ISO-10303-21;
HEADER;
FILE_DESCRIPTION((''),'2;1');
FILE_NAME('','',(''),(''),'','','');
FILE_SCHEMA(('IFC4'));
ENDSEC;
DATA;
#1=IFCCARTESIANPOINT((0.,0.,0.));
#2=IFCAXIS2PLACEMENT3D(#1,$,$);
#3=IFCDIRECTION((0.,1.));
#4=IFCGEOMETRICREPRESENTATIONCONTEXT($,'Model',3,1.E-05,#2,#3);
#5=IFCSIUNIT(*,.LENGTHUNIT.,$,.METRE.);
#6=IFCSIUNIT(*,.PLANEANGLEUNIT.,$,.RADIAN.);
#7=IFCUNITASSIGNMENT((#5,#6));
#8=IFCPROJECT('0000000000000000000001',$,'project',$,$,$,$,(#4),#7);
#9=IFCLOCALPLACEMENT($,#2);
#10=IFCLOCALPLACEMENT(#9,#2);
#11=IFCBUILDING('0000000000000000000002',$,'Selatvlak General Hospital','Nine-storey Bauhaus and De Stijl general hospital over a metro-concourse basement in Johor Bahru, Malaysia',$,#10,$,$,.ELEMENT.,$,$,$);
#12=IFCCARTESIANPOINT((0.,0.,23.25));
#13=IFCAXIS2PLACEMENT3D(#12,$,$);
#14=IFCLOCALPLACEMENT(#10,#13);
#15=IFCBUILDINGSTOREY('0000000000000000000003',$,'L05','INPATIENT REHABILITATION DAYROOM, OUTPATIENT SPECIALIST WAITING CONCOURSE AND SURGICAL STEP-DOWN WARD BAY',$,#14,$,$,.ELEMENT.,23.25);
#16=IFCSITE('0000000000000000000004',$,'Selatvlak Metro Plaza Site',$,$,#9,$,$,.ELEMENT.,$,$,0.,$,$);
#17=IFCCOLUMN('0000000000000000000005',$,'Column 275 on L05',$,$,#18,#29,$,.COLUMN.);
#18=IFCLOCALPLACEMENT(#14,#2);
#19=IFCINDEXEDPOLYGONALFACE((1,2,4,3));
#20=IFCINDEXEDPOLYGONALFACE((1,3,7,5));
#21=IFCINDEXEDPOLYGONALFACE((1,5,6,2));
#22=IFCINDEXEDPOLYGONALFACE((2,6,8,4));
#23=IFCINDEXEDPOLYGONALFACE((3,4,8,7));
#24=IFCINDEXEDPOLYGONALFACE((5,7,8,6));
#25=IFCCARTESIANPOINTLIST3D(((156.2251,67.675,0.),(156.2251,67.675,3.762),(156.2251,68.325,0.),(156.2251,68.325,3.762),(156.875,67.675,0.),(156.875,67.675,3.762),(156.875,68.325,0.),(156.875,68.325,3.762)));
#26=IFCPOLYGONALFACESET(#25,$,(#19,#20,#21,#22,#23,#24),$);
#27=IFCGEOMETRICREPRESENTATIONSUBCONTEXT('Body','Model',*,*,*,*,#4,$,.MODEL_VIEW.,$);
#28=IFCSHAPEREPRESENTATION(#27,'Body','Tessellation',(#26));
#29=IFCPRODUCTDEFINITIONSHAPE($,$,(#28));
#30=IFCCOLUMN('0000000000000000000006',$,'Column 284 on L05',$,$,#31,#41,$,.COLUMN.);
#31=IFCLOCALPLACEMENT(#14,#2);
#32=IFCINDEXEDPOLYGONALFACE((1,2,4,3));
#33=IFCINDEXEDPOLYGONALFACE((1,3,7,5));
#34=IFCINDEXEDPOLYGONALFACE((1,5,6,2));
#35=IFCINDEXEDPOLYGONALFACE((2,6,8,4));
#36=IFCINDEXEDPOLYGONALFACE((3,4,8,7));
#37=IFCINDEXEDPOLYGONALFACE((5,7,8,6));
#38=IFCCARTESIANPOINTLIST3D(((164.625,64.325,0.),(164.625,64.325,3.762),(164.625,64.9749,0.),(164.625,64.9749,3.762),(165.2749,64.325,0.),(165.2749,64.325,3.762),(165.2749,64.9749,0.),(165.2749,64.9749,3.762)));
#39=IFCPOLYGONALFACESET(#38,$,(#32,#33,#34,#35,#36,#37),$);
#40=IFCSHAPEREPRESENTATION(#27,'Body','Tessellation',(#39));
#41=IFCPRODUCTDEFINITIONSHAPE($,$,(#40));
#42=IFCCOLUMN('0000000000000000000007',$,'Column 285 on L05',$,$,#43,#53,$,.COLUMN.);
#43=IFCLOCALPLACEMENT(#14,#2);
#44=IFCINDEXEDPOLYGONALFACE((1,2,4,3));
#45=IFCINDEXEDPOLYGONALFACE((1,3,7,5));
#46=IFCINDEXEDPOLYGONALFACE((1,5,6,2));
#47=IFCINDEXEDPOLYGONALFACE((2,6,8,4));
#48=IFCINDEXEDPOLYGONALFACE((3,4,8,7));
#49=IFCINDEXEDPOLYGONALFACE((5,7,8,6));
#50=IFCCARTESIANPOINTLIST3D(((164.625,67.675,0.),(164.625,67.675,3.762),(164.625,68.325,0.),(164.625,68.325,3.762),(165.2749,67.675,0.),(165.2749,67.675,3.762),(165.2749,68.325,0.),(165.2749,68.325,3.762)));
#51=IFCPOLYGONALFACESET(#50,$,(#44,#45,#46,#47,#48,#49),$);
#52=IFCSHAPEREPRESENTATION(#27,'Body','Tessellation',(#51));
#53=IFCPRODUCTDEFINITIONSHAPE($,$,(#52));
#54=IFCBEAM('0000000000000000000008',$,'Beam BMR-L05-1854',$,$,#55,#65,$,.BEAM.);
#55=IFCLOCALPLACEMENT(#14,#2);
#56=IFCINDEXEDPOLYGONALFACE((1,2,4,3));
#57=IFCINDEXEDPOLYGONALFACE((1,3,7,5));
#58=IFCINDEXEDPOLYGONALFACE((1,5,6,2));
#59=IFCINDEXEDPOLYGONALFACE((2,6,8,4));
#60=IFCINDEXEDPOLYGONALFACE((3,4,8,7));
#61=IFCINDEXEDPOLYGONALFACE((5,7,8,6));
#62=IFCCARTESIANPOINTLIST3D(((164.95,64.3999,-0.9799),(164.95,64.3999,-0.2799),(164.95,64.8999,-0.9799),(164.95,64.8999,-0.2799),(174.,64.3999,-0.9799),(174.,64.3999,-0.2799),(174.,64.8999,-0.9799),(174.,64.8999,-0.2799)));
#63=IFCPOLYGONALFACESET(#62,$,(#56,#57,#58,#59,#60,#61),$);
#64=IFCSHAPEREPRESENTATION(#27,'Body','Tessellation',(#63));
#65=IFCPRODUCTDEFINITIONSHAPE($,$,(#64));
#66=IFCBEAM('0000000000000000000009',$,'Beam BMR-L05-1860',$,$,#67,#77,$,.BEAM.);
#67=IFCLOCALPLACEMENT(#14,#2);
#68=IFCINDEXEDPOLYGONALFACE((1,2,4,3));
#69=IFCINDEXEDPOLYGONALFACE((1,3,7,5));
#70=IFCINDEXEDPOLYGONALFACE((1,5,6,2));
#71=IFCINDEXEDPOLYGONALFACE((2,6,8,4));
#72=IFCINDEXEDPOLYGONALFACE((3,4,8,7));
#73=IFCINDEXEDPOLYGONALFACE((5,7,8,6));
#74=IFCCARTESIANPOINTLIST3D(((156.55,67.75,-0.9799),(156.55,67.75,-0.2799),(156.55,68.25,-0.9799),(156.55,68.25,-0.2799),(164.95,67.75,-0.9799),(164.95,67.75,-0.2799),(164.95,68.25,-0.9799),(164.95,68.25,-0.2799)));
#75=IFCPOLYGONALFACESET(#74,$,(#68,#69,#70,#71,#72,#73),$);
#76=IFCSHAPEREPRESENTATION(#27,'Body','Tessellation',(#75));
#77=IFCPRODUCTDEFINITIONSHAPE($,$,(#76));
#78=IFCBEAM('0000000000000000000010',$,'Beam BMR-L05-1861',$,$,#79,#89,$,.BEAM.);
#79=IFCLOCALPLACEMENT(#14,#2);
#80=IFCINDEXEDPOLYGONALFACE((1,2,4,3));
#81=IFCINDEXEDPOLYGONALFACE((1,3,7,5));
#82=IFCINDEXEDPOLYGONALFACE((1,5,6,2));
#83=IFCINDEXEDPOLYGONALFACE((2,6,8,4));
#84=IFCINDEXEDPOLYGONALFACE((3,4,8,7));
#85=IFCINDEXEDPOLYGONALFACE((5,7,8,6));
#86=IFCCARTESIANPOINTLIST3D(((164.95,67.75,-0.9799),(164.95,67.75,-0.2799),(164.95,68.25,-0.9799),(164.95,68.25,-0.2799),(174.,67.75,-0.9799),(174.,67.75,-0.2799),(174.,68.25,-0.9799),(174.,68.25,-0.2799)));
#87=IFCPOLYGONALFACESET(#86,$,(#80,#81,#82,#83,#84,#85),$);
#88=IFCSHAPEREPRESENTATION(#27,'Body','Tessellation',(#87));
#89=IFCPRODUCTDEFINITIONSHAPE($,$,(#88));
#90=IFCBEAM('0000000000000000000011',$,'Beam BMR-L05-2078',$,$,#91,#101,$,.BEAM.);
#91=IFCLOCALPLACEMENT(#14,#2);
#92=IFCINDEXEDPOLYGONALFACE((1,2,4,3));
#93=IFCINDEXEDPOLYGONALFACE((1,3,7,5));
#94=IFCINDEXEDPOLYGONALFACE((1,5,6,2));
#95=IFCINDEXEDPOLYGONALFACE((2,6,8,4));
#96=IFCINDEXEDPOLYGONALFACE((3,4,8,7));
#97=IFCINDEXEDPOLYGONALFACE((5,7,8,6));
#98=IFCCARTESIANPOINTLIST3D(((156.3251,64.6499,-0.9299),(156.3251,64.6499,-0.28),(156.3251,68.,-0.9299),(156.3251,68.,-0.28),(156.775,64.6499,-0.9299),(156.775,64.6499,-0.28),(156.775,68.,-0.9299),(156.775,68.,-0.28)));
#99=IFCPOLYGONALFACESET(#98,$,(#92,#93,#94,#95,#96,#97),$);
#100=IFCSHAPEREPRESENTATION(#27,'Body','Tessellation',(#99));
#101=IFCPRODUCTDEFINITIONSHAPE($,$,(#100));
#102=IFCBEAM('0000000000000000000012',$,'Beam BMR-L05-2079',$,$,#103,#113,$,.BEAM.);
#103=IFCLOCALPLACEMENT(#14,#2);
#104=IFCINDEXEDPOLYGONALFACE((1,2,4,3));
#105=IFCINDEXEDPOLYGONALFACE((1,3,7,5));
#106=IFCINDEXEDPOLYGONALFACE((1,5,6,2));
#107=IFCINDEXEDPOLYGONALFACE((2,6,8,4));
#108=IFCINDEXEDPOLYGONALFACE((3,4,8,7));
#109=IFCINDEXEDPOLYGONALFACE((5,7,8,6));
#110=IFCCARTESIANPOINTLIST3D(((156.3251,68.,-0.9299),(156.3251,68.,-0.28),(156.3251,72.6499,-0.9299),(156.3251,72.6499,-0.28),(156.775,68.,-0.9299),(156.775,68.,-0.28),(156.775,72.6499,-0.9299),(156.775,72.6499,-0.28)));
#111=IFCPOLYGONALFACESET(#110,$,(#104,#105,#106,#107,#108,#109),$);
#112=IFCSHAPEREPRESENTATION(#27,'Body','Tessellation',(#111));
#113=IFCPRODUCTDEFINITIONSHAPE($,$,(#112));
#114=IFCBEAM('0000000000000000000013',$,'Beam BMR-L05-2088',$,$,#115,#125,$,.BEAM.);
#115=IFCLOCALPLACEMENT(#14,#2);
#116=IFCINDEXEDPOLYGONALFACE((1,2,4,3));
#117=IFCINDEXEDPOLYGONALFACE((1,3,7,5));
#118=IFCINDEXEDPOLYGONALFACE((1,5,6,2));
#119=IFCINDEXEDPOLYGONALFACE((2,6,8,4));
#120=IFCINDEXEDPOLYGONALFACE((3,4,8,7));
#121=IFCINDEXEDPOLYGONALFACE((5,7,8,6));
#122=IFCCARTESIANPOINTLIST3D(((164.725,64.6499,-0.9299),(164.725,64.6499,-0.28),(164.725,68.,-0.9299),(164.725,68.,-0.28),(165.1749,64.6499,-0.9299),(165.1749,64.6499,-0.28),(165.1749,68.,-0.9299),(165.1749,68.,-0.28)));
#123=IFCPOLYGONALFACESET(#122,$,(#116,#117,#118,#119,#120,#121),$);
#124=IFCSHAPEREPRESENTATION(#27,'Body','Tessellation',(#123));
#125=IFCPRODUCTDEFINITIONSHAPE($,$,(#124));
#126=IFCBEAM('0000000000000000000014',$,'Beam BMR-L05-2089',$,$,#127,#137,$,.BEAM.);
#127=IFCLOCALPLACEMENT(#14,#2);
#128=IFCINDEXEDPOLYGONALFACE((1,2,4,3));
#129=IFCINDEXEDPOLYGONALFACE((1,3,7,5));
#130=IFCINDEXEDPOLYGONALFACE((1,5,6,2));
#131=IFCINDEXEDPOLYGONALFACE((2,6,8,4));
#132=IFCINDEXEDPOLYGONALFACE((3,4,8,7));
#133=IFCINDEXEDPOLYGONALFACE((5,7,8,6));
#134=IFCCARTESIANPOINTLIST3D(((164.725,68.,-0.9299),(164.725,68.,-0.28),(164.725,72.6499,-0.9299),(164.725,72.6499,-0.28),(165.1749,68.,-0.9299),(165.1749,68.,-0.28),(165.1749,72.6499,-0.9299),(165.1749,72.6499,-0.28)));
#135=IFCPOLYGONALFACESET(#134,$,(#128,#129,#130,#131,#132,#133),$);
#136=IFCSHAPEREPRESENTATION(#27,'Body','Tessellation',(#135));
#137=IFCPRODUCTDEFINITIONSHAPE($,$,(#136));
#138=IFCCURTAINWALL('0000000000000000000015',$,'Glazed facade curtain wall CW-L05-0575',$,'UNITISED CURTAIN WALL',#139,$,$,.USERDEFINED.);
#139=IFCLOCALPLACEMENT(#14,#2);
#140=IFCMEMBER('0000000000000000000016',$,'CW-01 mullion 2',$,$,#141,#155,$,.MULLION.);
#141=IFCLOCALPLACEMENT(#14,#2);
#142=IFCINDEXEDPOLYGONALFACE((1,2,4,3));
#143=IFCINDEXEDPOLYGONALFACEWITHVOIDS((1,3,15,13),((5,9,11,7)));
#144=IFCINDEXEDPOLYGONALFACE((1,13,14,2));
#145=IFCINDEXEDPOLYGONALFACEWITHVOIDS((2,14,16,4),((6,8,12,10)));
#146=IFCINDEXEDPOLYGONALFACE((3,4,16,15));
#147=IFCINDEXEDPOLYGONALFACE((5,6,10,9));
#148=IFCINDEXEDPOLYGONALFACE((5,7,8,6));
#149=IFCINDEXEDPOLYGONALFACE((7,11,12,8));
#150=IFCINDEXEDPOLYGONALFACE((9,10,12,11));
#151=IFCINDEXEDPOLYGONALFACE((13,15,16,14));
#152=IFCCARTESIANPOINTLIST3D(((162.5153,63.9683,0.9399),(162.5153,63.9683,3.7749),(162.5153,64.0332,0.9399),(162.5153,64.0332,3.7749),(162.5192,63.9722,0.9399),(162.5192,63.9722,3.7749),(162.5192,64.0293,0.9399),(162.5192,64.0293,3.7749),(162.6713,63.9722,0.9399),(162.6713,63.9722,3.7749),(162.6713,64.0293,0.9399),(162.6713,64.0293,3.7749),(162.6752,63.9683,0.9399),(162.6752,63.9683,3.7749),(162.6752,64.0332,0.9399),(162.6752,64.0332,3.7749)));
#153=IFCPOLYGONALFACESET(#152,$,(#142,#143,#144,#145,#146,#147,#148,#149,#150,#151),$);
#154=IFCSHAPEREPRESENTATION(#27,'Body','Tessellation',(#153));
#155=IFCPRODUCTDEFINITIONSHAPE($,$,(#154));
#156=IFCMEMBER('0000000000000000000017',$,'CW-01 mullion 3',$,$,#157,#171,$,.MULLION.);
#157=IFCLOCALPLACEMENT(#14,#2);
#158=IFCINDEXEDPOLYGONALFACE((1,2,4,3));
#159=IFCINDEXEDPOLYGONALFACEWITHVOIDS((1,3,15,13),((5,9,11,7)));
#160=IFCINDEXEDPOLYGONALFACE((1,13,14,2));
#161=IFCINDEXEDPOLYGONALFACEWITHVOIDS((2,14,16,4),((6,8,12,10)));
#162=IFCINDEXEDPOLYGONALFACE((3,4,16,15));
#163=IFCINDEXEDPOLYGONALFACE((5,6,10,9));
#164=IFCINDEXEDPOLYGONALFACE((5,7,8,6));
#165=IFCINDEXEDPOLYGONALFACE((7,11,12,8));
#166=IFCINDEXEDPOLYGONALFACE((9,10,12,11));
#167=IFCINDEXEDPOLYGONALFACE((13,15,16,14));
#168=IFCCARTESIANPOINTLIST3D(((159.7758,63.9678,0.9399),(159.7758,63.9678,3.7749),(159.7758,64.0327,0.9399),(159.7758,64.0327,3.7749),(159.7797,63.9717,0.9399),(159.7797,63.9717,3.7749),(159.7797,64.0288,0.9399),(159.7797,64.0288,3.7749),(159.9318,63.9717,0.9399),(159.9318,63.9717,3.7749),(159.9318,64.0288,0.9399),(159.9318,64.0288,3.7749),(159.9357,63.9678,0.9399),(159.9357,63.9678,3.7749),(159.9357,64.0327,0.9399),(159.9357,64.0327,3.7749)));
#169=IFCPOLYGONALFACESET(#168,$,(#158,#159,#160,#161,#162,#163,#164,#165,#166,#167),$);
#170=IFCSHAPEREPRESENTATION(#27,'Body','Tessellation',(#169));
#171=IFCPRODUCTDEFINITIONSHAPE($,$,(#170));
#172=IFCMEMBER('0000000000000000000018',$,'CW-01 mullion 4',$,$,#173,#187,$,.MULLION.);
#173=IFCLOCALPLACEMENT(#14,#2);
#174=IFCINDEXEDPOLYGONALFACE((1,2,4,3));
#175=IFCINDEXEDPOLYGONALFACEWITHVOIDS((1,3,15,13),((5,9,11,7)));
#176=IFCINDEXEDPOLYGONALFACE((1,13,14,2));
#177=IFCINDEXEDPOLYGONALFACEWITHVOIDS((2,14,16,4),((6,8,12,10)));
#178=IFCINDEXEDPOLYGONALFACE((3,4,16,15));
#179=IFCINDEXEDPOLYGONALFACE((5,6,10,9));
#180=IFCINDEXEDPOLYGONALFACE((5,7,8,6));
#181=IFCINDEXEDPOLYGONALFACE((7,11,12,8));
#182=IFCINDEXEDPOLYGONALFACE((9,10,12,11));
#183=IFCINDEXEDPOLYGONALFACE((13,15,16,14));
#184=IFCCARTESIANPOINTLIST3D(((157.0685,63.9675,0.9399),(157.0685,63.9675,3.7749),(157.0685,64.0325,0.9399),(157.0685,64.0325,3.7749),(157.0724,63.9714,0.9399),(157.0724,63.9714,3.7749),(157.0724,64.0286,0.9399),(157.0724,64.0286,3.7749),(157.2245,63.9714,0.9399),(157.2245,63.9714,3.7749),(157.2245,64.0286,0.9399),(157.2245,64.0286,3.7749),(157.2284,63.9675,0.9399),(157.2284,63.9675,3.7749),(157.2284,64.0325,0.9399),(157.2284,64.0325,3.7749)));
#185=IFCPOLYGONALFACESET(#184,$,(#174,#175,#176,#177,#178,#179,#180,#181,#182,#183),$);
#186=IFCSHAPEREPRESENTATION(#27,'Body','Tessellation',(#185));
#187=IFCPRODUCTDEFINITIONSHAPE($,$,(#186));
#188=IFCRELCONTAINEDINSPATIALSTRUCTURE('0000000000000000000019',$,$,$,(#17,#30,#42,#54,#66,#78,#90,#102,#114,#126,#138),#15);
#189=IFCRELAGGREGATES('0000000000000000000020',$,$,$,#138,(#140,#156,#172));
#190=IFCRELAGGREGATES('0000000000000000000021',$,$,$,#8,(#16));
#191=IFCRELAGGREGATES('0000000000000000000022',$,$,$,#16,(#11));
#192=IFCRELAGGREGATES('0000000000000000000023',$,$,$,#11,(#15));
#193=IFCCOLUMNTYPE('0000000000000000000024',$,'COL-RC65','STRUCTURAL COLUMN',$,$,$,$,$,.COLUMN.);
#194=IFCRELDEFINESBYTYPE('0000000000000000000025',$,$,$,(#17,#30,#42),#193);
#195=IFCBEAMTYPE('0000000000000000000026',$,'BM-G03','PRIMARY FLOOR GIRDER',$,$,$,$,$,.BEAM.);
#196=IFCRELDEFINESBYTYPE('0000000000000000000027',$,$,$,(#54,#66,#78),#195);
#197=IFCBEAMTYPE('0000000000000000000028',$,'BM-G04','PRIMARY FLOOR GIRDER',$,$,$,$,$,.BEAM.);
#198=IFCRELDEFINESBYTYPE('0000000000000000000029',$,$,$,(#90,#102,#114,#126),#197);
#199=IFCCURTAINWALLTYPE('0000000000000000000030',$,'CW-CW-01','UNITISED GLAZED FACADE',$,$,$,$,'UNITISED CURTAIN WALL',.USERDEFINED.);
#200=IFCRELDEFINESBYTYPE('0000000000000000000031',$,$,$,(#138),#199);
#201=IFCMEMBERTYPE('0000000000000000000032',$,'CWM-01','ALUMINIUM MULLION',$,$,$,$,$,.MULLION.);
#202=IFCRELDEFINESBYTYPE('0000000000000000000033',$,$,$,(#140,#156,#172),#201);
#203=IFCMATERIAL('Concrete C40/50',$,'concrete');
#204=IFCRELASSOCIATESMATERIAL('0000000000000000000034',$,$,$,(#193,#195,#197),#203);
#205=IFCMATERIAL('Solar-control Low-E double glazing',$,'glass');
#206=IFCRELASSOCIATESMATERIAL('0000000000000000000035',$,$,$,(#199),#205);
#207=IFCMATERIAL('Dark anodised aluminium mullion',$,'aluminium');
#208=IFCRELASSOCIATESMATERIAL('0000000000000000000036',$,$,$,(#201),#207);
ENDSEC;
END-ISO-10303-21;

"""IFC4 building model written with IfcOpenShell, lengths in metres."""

from ifc_helpers import new_model, si_unit, direction, frame, origin, origin_2d, place, context, subcontext, project, spatial, rectangle, hollow_rectangle, extrude, material, material_profile, profile_set, type_object, element, aggregate, save


model = new_model("IFC4")

# Units and contexts
model_context = context("Model", 3, precision=1e-05, world=origin(), true_north=direction((0.0, 1.0)))
body_context = subcontext(model_context, "Body", "Model", "MODEL_VIEW")
ifc_project = project(units=[si_unit("LENGTHUNIT", "METRE"), si_unit("PLANEANGLEUNIT", "RADIAN")], contexts=[model_context])

# Site, building, storey
site_placement = place(None, origin())
site = spatial("IfcSite", under=ifc_project, at=site_placement, Name="Selatvlak Metro Plaza Site", CompositionType="ELEMENT", RefElevation=0.0)
building_placement = place(site_placement, origin())
building = spatial("IfcBuilding", under=site, at=building_placement, Name="Selatvlak General Hospital", Description="Nine-storey Bauhaus and De Stijl general hospital over a metro-concourse basement in Johor Bahru, Malaysia", CompositionType="ELEMENT")
storey_placement = place(building_placement, frame((0.0, 0.0, 23.25)))
storey = spatial("IfcBuildingStorey", under=building, at=storey_placement, Name="L05", Description="INPATIENT REHABILITATION DAYROOM, OUTPATIENT SPECIALIST WAITING CONCOURSE AND SURGICAL STEP-DOWN WARD BAY", CompositionType="ELEMENT", Elevation=23.25)

# Columns
ifc_material_1 = material(Name="Concrete C40/50", Category="concrete")
ifc_material_profile_1 = material_profile(ifc_material_1, rectangle(XDim=0.6499, YDim=0.6499, at=origin_2d()), Name="RC-COL 650x650")
ifc_profile_set_1 = profile_set([ifc_material_profile_1], Name="Concrete C40/50")
column_type = type_object("IfcColumnType", Name="COL-RC65", Description="STRUCTURAL COLUMN", PredefinedType="COLUMN", material=ifc_profile_set_1)
for number, where, z_axis, x_axis, name in (
    (1, (156.55, 68.0, 0.0), (0.0, 0.0, 1.0), (1.0, 0.0, 0.0), "Column 275 on L05"),
    (2, (164.95, 64.6499, 0.0), (0.0, 0.0, 1.0), (1.0, 0.0, 0.0), "Column 284 on L05"),
    (3, (164.95, 68.0, 0.0), (0.0, 0.0, 1.0), (1.0, 0.0, 0.0), "Column 285 on L05"),
):
    element("IfcColumn", number, at=place(storey_placement, frame(where, z_axis=z_axis, x_axis=x_axis)), inside=storey, type_object=column_type, Name=name, PredefinedType="COLUMN", context=body_context, shape_type="SweptSolid", body=[
        extrude(rectangle(XDim=0.6499, YDim=0.6499, at=origin_2d()), origin(), (0.0, 0.0, 1.0), 3.762),
    ])

# Beams
ifc_material_profile_2 = material_profile(ifc_material_1, rectangle(XDim=0.5, YDim=0.7, at=origin_2d()), Name="RC-BM 500x700")
ifc_profile_set_2 = profile_set([ifc_material_profile_2], Name="Concrete C40/50")
beam_type_1 = type_object("IfcBeamType", Name="BM-G03", Description="PRIMARY FLOOR GIRDER", PredefinedType="BEAM", material=ifc_profile_set_2)
beam_1_placement = place(storey_placement, frame((164.95, 64.6499, -0.6299), z_axis=(1.0, 0.0, 0.0), x_axis=(0.0, 1.0, 0.0)))
element("IfcBeam", 4, at=beam_1_placement, inside=storey, type_object=beam_type_1, Name="Beam BMR-L05-1854", PredefinedType="BEAM", context=body_context, shape_type="SweptSolid", body=[
    extrude(rectangle(XDim=0.5, YDim=0.7, at=origin_2d()), origin(), (0.0, 0.0, 1.0), 9.05),
])
beam_2_placement = place(storey_placement, frame((156.55, 68.0, -0.6299), z_axis=(1.0, 0.0, 0.0), x_axis=(0.0, 1.0, 0.0)))
element("IfcBeam", 5, at=beam_2_placement, inside=storey, type_object=beam_type_1, Name="Beam BMR-L05-1860", PredefinedType="BEAM", context=body_context, shape_type="SweptSolid", body=[
    extrude(rectangle(XDim=0.5, YDim=0.7, at=origin_2d()), origin(), (0.0, 0.0, 1.0), 8.3999),
])
beam_3_placement = place(storey_placement, frame((164.95, 68.0, -0.6299), z_axis=(1.0, 0.0, 0.0), x_axis=(0.0, 1.0, 0.0)))
element("IfcBeam", 6, at=beam_3_placement, inside=storey, type_object=beam_type_1, Name="Beam BMR-L05-1861", PredefinedType="BEAM", context=body_context, shape_type="SweptSolid", body=[
    extrude(rectangle(XDim=0.5, YDim=0.7, at=origin_2d()), origin(), (0.0, 0.0, 1.0), 9.05),
])
ifc_material_profile_3 = material_profile(ifc_material_1, rectangle(XDim=0.45, YDim=0.6499, at=origin_2d()), Name="RC-BM 450x650")
ifc_profile_set_3 = profile_set([ifc_material_profile_3], Name="Concrete C40/50")
beam_type_2 = type_object("IfcBeamType", Name="BM-G04", Description="PRIMARY FLOOR GIRDER", PredefinedType="BEAM", material=ifc_profile_set_3)
beam_4_placement = place(storey_placement, frame((156.55, 64.6499, -0.605), z_axis=(0.0, 1.0, 0.0), x_axis=(-1.0, 0.0, 0.0)))
element("IfcBeam", 7, at=beam_4_placement, inside=storey, type_object=beam_type_2, Name="Beam BMR-L05-2078", PredefinedType="BEAM", context=body_context, shape_type="SweptSolid", body=[
    extrude(rectangle(XDim=0.45, YDim=0.6499, at=origin_2d()), origin(), (0.0, 0.0, 1.0), 3.3501),
])
beam_5_placement = place(storey_placement, frame((156.55, 68.0, -0.605), z_axis=(0.0, 1.0, 0.0), x_axis=(-1.0, 0.0, 0.0)))
element("IfcBeam", 8, at=beam_5_placement, inside=storey, type_object=beam_type_2, Name="Beam BMR-L05-2079", PredefinedType="BEAM", context=body_context, shape_type="SweptSolid", body=[
    extrude(rectangle(XDim=0.45, YDim=0.6499, at=origin_2d()), origin(), (0.0, 0.0, 1.0), 4.6499),
])
beam_6_placement = place(storey_placement, frame((164.95, 64.6499, -0.605), z_axis=(0.0, 1.0, 0.0), x_axis=(-1.0, 0.0, 0.0)))
element("IfcBeam", 9, at=beam_6_placement, inside=storey, type_object=beam_type_2, Name="Beam BMR-L05-2088", PredefinedType="BEAM", context=body_context, shape_type="SweptSolid", body=[
    extrude(rectangle(XDim=0.45, YDim=0.6499, at=origin_2d()), origin(), (0.0, 0.0, 1.0), 3.3501),
])
beam_7_placement = place(storey_placement, frame((164.95, 68.0, -0.605), z_axis=(0.0, 1.0, 0.0), x_axis=(-1.0, 0.0, 0.0)))
element("IfcBeam", 10, at=beam_7_placement, inside=storey, type_object=beam_type_2, Name="Beam BMR-L05-2089", PredefinedType="BEAM", context=body_context, shape_type="SweptSolid", body=[
    extrude(rectangle(XDim=0.45, YDim=0.6499, at=origin_2d()), origin(), (0.0, 0.0, 1.0), 4.6499),
])

# Curtain wall, members
ifc_material_2 = material(Name="Solar-control Low-E double glazing", Category="glass")
curtain_wall_type_1 = type_object("IfcCurtainWallType", Name="CW-CW-01", Description="UNITISED GLAZED FACADE", ElementType="UNITISED CURTAIN WALL", PredefinedType="USERDEFINED", material=ifc_material_2)
curtain_wall_1_placement = place(storey_placement, origin())
curtain_wall_1 = element("IfcCurtainWall", 11, at=curtain_wall_1_placement, inside=storey, type_object=curtain_wall_type_1, Name="Glazed facade curtain wall CW-L05-0575", ObjectType="UNITISED CURTAIN WALL", PredefinedType="USERDEFINED")
ifc_material_3 = material(Name="Dark anodised aluminium mullion", Category="aluminium")
ifc_material_profile_4 = material_profile(ifc_material_3, hollow_rectangle(XDim=0.0649, YDim=0.1599, WallThickness=0.0039, at=origin_2d()), Name="AL-MUL 65x160x4")
ifc_profile_set_4 = profile_set([ifc_material_profile_4], Name="Dark anodised aluminium mullion")
member_type_1 = type_object("IfcMemberType", Name="CWM-01", Description="ALUMINIUM MULLION", PredefinedType="MULLION", material=ifc_profile_set_4)
member_1_placement = place(storey_placement, frame((162.5952, 64.0007, 0.9399), z_axis=(0.0, 0.0, 1.0), x_axis=(0.000122, -1.0, 0.0)))
member_1 = element("IfcMember", 12, at=member_1_placement, type_object=member_type_1, Name="CW-01 mullion 2", PredefinedType="MULLION", context=body_context, shape_type="SweptSolid", body=[
    extrude(hollow_rectangle(XDim=0.0649, YDim=0.1599, WallThickness=0.0039, at=origin_2d()), origin(), (0.0, 0.0, 1.0), 2.835),
])
member_2_placement = place(storey_placement, frame((159.8557, 64.0002, 0.9399), z_axis=(0.0, 0.0, 1.0), x_axis=(0.000122, -1.0, 0.0)))
member_2 = element("IfcMember", 13, at=member_2_placement, type_object=member_type_1, Name="CW-01 mullion 3", PredefinedType="MULLION", context=body_context, shape_type="SweptSolid", body=[
    extrude(hollow_rectangle(XDim=0.0649, YDim=0.1599, WallThickness=0.0039, at=origin_2d()), origin(), (0.0, 0.0, 1.0), 2.835),
])
member_3_placement = place(storey_placement, frame((157.1484, 64.0, 0.9399), z_axis=(0.0, 0.0, 1.0), x_axis=(0.000122, -1.0, 0.0)))
member_3 = element("IfcMember", 14, at=member_3_placement, type_object=member_type_1, Name="CW-01 mullion 4", PredefinedType="MULLION", context=body_context, shape_type="SweptSolid", body=[
    extrude(hollow_rectangle(XDim=0.0649, YDim=0.1599, WallThickness=0.0039, at=origin_2d()), origin(), (0.0, 0.0, 1.0), 2.835),
])

aggregate(curtain_wall_1, [member_1, member_2, member_3])

save(model, "model.ifc")
